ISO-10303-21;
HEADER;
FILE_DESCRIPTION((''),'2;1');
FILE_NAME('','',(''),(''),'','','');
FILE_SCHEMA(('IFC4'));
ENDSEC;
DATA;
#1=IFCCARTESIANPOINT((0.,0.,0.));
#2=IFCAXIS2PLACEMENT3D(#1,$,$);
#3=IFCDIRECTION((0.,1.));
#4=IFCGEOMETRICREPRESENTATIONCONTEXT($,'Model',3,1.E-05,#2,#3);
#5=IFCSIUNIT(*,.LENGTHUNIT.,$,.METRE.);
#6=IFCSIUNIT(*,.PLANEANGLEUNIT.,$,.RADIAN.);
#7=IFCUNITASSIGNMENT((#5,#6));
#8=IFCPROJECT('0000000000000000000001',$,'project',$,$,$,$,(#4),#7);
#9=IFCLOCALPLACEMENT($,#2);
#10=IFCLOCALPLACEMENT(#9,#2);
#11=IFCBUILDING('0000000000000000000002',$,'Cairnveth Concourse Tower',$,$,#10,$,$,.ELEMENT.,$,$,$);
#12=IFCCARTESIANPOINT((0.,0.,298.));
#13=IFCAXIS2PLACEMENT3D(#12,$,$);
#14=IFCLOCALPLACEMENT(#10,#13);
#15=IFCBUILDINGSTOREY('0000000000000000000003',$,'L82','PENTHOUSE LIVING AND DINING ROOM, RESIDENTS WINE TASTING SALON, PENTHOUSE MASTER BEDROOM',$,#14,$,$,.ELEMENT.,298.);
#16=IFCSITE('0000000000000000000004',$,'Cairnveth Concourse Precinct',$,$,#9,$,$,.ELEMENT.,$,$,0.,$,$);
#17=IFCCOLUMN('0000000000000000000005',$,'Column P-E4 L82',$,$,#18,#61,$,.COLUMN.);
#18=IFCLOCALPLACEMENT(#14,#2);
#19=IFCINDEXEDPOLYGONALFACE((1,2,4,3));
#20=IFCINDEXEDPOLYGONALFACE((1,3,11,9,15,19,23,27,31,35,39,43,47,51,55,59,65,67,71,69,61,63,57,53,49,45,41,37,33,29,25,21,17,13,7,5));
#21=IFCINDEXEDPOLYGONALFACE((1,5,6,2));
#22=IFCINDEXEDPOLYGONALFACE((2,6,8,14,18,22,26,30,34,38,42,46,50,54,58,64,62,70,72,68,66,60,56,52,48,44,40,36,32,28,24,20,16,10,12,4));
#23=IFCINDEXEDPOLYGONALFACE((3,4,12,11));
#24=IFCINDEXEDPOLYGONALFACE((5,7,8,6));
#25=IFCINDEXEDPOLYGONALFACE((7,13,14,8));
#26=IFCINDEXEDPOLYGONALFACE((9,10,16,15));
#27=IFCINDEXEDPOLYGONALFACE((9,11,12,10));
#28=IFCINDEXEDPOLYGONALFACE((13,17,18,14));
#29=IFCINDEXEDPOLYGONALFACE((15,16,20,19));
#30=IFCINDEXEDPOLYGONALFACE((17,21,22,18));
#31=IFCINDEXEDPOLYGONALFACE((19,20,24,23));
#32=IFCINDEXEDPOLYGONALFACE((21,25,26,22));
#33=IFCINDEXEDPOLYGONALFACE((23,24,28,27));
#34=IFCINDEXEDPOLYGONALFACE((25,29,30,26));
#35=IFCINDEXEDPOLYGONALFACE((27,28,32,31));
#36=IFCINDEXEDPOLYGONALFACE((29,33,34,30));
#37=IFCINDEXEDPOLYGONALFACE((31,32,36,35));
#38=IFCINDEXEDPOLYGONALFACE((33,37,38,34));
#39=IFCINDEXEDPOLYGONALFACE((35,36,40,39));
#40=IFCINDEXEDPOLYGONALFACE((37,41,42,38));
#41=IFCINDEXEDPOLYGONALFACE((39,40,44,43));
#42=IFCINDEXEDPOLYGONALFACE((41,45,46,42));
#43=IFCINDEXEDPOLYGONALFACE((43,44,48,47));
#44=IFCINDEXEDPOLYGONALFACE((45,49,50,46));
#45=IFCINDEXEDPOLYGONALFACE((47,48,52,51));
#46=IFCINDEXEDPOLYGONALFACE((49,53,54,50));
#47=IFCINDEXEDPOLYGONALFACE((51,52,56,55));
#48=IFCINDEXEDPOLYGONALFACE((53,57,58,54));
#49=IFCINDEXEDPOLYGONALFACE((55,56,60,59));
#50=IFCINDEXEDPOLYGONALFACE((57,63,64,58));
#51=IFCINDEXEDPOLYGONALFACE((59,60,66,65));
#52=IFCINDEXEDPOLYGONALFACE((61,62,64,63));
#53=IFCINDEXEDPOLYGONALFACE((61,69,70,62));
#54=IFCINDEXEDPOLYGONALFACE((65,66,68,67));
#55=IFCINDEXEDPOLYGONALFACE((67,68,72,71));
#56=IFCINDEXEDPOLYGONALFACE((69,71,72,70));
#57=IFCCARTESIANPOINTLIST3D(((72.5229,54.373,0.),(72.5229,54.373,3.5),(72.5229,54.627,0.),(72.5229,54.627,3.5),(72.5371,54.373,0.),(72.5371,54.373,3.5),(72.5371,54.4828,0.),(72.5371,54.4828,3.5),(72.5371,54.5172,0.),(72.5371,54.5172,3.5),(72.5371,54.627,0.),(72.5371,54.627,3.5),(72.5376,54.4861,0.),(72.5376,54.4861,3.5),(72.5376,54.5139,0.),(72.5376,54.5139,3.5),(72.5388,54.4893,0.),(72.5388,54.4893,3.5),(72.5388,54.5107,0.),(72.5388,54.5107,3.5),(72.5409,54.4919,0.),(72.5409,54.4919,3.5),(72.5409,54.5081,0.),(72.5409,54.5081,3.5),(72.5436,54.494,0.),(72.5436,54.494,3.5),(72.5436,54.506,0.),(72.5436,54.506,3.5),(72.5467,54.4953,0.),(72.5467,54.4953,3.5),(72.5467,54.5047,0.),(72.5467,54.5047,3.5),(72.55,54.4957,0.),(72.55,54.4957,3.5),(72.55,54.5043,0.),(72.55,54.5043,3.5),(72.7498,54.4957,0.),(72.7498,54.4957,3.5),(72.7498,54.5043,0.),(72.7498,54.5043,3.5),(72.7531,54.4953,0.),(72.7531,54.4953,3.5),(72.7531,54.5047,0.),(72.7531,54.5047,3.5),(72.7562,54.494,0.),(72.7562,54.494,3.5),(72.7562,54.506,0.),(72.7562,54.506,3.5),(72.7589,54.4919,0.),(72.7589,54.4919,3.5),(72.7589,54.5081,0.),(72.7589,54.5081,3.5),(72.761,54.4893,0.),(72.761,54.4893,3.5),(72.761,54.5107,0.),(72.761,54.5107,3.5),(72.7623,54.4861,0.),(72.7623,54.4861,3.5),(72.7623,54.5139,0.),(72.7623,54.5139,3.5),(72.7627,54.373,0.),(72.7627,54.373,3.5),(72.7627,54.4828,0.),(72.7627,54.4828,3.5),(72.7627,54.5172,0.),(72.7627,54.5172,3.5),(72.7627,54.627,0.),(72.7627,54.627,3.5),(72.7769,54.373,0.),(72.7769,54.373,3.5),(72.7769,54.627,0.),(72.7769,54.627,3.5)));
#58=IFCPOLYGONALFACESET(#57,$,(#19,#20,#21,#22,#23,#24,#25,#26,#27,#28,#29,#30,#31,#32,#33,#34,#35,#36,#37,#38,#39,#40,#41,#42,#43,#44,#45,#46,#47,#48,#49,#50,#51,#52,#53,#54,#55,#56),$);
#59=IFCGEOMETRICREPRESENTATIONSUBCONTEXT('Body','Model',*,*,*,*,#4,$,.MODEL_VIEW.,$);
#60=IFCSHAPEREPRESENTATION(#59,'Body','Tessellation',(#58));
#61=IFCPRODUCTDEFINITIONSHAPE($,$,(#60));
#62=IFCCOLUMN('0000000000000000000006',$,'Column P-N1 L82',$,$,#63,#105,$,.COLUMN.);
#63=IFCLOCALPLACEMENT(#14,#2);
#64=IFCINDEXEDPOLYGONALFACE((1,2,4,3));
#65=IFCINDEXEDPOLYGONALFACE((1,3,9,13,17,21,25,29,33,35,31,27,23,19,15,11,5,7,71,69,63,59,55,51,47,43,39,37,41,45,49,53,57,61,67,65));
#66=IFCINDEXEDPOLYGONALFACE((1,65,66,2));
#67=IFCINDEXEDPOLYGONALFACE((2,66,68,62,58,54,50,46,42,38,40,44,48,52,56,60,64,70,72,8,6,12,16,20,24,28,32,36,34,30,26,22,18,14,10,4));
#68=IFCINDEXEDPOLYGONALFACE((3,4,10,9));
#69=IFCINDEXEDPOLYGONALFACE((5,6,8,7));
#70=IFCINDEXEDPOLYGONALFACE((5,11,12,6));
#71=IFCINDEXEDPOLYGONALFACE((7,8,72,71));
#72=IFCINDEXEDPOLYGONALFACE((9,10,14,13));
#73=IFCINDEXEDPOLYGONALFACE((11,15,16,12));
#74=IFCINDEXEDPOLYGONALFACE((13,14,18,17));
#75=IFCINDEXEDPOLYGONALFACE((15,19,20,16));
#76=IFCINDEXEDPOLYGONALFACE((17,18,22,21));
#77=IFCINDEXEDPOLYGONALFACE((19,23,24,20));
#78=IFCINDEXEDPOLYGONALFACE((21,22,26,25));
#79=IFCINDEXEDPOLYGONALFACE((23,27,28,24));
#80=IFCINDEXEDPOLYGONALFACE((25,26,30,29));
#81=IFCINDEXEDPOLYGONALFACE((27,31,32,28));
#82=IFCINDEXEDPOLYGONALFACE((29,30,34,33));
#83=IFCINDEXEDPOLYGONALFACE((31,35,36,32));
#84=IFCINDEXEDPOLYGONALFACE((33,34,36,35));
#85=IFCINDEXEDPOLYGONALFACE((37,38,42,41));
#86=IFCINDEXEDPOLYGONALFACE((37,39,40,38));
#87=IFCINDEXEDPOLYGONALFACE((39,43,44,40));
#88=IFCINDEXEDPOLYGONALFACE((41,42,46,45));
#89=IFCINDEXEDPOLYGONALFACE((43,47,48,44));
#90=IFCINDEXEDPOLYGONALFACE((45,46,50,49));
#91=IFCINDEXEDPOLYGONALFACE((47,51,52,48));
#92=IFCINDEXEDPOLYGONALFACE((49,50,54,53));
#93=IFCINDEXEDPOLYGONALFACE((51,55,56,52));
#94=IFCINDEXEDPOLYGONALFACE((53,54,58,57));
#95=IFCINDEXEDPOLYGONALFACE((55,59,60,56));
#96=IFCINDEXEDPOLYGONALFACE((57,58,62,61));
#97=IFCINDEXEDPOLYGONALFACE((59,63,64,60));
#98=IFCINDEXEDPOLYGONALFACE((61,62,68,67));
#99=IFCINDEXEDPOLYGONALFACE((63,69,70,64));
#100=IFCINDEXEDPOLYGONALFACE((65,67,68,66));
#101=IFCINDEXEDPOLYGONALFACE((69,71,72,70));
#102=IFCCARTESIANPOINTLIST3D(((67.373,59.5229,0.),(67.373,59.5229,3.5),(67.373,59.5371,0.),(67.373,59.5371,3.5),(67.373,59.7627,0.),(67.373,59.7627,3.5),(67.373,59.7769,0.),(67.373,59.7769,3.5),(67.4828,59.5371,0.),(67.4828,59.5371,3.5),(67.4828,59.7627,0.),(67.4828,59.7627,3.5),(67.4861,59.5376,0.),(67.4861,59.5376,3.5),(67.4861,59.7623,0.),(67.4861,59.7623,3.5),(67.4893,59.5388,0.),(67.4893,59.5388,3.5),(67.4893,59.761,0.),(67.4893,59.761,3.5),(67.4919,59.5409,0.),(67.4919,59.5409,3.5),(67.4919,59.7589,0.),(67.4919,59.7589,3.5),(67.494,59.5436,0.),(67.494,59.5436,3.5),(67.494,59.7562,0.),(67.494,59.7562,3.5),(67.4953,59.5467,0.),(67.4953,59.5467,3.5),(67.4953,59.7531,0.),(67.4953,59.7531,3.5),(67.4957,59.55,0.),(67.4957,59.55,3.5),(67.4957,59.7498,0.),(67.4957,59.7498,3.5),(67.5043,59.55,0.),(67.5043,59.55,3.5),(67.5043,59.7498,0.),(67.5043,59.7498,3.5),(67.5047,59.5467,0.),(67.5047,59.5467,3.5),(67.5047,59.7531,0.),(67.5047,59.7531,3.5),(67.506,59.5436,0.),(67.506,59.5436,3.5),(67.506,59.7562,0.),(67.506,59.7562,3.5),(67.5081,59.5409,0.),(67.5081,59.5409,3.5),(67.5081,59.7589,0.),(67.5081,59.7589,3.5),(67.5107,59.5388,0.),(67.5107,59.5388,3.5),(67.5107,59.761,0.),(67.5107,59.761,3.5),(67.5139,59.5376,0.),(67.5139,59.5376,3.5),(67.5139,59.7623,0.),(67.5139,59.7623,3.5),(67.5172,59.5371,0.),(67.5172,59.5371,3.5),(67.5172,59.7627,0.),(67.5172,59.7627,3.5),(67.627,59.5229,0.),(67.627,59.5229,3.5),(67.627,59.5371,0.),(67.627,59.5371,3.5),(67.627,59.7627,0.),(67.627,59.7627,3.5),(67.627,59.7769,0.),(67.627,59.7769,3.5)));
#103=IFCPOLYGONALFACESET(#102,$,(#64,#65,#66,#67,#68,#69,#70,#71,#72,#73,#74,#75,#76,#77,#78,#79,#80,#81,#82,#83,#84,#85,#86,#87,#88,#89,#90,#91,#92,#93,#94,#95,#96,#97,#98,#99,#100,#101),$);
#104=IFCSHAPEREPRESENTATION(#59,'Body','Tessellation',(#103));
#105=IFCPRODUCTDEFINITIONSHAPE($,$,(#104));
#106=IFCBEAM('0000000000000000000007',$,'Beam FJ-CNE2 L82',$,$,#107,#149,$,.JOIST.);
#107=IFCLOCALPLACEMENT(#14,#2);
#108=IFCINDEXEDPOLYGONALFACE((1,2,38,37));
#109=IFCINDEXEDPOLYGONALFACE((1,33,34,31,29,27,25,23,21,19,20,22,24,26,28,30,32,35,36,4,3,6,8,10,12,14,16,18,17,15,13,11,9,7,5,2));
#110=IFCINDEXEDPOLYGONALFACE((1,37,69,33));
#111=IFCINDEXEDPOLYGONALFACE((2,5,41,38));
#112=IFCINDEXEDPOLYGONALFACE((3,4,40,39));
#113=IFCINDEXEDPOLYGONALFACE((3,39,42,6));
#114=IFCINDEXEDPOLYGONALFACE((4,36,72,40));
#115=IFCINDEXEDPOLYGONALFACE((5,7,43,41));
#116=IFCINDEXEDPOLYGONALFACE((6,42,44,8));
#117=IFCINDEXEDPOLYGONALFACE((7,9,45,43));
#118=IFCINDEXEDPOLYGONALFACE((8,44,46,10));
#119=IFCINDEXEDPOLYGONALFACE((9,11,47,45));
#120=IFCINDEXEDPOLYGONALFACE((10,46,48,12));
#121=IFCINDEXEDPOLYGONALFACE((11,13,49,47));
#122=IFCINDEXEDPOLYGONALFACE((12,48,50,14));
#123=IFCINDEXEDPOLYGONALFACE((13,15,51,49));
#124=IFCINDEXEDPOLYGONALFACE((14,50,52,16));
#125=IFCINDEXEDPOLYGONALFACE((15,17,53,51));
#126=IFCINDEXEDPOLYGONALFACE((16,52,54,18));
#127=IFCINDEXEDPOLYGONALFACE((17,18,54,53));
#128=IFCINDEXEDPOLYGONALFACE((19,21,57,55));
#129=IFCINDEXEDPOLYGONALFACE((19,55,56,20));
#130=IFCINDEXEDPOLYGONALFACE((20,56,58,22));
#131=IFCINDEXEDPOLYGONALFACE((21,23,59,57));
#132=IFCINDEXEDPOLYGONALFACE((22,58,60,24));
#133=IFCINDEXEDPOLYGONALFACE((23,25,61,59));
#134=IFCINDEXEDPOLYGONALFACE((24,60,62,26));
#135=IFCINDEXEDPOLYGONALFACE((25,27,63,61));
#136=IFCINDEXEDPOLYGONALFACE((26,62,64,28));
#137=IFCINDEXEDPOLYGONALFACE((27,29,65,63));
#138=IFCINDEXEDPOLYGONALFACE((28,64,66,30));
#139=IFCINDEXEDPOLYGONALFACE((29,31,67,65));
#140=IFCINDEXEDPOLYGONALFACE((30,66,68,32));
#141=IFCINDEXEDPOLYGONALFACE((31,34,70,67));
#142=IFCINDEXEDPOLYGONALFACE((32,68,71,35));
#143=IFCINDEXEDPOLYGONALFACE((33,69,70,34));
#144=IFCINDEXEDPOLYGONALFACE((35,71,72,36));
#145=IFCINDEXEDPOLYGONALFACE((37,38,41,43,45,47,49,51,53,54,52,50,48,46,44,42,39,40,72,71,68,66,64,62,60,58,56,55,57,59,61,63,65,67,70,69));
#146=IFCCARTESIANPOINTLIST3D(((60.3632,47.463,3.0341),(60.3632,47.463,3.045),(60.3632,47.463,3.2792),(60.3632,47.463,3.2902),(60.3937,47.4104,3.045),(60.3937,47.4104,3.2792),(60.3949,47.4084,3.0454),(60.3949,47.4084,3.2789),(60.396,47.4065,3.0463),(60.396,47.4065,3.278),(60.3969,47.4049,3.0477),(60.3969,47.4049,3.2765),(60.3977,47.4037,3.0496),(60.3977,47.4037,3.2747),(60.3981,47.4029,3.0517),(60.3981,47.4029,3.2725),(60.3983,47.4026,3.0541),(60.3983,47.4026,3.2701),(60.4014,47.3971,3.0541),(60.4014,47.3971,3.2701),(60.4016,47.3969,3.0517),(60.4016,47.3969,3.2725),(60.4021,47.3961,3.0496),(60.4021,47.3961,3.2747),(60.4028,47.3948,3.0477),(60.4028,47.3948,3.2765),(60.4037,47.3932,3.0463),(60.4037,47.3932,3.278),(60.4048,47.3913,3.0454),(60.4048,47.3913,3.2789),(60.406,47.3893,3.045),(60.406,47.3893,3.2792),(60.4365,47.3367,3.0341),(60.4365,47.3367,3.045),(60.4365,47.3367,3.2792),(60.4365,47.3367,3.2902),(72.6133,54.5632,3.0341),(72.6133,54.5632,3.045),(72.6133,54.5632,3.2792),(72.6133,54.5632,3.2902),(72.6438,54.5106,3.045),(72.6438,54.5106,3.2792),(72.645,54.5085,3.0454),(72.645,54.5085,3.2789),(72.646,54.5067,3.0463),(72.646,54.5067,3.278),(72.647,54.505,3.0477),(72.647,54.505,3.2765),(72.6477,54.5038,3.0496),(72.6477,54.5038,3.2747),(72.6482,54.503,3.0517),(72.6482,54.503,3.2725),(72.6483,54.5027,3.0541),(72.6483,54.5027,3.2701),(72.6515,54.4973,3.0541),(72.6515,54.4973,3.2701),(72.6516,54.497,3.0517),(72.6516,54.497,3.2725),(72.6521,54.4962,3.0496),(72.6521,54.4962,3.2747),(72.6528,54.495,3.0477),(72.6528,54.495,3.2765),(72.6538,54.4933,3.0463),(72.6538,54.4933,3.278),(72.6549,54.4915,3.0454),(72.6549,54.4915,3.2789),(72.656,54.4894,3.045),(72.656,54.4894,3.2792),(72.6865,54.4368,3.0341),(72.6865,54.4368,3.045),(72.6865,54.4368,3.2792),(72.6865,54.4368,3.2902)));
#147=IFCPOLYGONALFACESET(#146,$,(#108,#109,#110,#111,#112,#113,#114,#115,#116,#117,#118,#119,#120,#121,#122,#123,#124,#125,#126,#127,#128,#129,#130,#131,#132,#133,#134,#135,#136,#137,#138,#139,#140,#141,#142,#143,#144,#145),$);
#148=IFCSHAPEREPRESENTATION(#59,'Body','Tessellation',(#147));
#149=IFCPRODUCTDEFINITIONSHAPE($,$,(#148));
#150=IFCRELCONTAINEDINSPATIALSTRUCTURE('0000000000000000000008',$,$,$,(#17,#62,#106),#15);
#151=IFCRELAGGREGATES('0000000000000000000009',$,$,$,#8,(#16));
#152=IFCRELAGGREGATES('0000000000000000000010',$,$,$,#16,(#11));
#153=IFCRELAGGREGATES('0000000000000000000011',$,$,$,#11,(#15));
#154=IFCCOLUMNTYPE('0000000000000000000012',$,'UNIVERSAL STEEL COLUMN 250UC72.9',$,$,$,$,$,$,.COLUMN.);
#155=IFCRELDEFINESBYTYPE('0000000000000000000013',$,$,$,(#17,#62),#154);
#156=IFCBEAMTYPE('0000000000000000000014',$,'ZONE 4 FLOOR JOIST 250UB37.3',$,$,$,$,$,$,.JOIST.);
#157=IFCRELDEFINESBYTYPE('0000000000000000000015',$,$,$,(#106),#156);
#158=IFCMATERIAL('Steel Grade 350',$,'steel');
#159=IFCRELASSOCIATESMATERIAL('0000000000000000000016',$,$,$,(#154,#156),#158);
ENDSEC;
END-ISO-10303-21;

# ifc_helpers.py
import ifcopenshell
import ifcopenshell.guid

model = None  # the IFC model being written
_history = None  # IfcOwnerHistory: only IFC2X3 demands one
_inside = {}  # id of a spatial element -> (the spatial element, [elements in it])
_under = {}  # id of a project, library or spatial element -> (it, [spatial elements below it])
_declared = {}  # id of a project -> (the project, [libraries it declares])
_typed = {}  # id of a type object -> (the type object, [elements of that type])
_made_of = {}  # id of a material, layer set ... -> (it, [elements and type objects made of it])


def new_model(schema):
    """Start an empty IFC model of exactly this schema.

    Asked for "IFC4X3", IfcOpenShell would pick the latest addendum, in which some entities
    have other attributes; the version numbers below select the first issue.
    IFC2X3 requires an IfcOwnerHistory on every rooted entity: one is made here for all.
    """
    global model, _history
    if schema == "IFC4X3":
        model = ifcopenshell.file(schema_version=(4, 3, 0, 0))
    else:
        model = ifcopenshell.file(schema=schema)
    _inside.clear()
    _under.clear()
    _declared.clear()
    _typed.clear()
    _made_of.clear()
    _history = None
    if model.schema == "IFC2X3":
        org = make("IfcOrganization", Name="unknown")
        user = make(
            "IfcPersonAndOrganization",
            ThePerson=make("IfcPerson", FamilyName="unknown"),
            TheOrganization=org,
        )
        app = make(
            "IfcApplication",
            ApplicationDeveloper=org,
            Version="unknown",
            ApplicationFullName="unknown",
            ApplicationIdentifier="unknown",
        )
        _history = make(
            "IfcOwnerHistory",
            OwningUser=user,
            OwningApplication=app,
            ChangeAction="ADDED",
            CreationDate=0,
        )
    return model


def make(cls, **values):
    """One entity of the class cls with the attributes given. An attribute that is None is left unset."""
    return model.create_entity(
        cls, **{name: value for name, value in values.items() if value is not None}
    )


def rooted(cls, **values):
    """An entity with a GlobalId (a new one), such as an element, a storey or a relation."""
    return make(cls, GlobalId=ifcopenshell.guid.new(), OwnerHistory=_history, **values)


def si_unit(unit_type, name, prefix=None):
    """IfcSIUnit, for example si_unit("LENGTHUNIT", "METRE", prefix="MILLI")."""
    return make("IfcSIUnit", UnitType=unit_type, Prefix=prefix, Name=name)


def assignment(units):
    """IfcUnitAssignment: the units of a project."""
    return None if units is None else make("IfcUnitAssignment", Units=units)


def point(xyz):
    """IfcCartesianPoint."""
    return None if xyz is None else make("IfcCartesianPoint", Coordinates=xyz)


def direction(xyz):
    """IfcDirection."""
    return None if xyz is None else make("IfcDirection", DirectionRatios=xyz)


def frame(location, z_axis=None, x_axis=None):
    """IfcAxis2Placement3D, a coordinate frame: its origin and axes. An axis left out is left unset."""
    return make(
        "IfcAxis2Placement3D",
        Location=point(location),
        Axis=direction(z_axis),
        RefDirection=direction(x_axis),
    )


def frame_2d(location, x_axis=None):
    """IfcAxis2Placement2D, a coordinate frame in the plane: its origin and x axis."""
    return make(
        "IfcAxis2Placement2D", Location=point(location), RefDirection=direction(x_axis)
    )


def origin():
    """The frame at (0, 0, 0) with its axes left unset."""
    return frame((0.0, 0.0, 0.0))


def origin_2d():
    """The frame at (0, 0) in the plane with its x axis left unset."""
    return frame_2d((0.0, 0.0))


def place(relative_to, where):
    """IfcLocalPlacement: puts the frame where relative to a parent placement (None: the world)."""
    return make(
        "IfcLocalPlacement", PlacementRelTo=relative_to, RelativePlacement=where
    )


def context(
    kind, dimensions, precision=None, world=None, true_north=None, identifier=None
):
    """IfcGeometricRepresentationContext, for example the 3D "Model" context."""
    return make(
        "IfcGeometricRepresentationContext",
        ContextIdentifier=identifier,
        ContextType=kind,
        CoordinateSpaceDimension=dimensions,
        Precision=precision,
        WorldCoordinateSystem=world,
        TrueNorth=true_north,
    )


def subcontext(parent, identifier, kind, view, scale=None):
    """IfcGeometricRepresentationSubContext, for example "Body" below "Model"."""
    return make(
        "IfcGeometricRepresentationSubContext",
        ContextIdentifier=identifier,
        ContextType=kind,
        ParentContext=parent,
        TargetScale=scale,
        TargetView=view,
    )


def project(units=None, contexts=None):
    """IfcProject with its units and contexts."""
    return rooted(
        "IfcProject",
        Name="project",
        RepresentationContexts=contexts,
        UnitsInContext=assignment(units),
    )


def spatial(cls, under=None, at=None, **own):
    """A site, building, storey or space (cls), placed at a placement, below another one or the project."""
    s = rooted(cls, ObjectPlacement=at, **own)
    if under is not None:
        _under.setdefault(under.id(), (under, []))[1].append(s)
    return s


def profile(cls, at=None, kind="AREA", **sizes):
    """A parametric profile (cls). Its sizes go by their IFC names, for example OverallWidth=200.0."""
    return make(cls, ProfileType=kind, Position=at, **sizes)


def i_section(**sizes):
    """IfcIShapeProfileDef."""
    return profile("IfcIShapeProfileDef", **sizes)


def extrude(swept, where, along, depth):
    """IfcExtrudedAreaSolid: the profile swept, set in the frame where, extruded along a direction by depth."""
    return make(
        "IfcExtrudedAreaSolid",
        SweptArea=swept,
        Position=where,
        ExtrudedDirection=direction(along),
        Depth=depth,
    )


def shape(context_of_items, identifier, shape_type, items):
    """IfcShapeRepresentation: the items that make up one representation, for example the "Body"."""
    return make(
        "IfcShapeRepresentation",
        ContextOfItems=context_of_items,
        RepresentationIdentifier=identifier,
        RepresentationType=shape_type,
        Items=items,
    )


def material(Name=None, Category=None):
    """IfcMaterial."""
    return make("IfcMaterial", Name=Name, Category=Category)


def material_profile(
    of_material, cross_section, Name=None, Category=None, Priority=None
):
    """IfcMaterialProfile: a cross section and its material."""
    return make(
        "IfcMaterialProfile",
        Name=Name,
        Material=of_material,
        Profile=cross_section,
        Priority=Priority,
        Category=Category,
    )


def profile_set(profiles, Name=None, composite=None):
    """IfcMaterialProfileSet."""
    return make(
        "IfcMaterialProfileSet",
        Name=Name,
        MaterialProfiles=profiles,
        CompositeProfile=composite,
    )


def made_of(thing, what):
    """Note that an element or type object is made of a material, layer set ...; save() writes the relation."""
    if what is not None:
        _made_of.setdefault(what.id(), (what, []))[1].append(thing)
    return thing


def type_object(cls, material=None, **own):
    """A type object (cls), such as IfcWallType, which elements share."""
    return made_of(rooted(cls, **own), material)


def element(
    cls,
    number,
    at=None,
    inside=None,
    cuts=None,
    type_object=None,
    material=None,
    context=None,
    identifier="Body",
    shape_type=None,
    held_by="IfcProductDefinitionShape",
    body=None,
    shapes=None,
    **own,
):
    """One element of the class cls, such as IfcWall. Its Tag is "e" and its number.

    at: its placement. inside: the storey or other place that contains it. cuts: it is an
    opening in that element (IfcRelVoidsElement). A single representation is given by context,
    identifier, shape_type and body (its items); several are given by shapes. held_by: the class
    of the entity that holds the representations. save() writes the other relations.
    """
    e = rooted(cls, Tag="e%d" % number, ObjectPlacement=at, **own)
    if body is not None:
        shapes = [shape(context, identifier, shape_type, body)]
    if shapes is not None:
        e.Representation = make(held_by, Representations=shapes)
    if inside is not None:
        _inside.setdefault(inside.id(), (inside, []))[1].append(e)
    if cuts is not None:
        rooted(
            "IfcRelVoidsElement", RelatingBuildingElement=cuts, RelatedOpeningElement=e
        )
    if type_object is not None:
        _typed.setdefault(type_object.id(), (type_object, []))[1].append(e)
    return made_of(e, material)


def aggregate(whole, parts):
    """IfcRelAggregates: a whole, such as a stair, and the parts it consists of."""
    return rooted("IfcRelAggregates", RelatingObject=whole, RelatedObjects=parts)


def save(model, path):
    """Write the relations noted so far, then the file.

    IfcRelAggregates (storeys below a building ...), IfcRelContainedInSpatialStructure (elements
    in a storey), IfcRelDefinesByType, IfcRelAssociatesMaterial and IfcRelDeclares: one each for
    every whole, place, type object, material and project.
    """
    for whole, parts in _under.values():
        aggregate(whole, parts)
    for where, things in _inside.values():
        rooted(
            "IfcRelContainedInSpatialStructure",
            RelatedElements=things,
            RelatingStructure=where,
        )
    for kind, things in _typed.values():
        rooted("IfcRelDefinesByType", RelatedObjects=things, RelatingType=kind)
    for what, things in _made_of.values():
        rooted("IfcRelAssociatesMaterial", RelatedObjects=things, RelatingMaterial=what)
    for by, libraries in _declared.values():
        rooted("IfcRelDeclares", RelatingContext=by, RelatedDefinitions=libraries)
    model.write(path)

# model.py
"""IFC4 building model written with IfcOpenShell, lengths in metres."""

from ifc_helpers import new_model, si_unit, direction, frame, origin, origin_2d, place, context, subcontext, project, spatial, i_section, extrude, material, material_profile, profile_set, type_object, element, save


model = new_model("IFC4")

# Units and contexts
model_context = context("Model", 3, precision=1e-05, world=origin(), true_north=direction((0.0, 1.0)))
body_context = subcontext(model_context, "Body", "Model", "MODEL_VIEW")
ifc_project = project(units=[si_unit("LENGTHUNIT", "METRE"), si_unit("PLANEANGLEUNIT", "RADIAN")], contexts=[model_context])

# Site, building, storey
site_placement = place(None, origin())
site = spatial("IfcSite", under=ifc_project, at=site_placement, Name="Cairnveth Concourse Precinct", CompositionType="ELEMENT", RefElevation=0.0)
building_placement = place(site_placement, origin())
building = spatial("IfcBuilding", under=site, at=building_placement, Name="Cairnveth Concourse Tower", CompositionType="ELEMENT")
storey_placement = place(building_placement, frame((0.0, 0.0, 298.0)))
storey = spatial("IfcBuildingStorey", under=building, at=storey_placement, Name="L82", Description="PENTHOUSE LIVING AND DINING ROOM, RESIDENTS WINE TASTING SALON, PENTHOUSE MASTER BEDROOM", CompositionType="ELEMENT", Elevation=298.0)

# Columns
ifc_material_1 = material(Name="Steel Grade 350", Category="steel")
ifc_material_profile_1 = material_profile(ifc_material_1, i_section(OverallWidth=0.2539, OverallDepth=0.2539, WebThickness=0.0085, FlangeThickness=0.0142, FilletRadius=0.0129, at=origin_2d()), Name="250UC72.9")
ifc_profile_set_1 = profile_set([ifc_material_profile_1], Name="Steel Grade 350")
column_type = type_object("IfcColumnType", Name="UNIVERSAL STEEL COLUMN 250UC72.9", PredefinedType="COLUMN", material=ifc_profile_set_1)
for number, where, z_axis, x_axis, name in (
    (1, (72.6499, 54.5, 0.0), (0.0, 0.0, 1.0), (0.0, 1.0, 0.0), "Column P-E4 L82"),
    (2, (67.5, 59.6499, 0.0), (0.0, 0.0, 1.0), (1.0, 0.0, 0.0), "Column P-N1 L82"),
):
    element("IfcColumn", number, at=place(storey_placement, frame(where, z_axis=z_axis, x_axis=x_axis)), inside=storey, type_object=column_type, Name=name, PredefinedType="COLUMN", context=body_context, shape_type="SweptSolid", body=[
        extrude(i_section(OverallWidth=0.2539, OverallDepth=0.2539, WebThickness=0.0085, FlangeThickness=0.0142, FilletRadius=0.0129, at=origin_2d()), origin(), (0.0, 0.0, 1.0), 3.5),
    ])

# Beam
ifc_material_profile_2 = material_profile(ifc_material_1, i_section(OverallWidth=0.146, OverallDepth=0.2561, WebThickness=0.0063, FlangeThickness=0.011, FilletRadius=0.009, at=origin_2d()), Name="250UB37.3")
ifc_profile_set_2 = profile_set([ifc_material_profile_2], Name="Steel Grade 350")
beam_type_1 = type_object("IfcBeamType", Name="ZONE 4 FLOOR JOIST 250UB37.3", PredefinedType="JOIST", material=ifc_profile_set_2)
beam_1_placement = place(storey_placement, frame((72.6499, 54.5, 3.1621), z_axis=(-0.865181, -0.501459, 0.0), x_axis=(0.501459, -0.865181, 0.0)))
element("IfcBeam", 3, at=beam_1_placement, inside=storey, type_object=beam_type_1, Name="Beam FJ-CNE2 L82", PredefinedType="JOIST", context=body_context, shape_type="SweptSolid", body=[
    extrude(i_section(OverallWidth=0.146, OverallDepth=0.2561, WebThickness=0.0063, FlangeThickness=0.011, FilletRadius=0.009, at=origin_2d()), origin(), (0.0, 0.0, 1.0), 14.1589),
])

save(model, "model.ifc")
